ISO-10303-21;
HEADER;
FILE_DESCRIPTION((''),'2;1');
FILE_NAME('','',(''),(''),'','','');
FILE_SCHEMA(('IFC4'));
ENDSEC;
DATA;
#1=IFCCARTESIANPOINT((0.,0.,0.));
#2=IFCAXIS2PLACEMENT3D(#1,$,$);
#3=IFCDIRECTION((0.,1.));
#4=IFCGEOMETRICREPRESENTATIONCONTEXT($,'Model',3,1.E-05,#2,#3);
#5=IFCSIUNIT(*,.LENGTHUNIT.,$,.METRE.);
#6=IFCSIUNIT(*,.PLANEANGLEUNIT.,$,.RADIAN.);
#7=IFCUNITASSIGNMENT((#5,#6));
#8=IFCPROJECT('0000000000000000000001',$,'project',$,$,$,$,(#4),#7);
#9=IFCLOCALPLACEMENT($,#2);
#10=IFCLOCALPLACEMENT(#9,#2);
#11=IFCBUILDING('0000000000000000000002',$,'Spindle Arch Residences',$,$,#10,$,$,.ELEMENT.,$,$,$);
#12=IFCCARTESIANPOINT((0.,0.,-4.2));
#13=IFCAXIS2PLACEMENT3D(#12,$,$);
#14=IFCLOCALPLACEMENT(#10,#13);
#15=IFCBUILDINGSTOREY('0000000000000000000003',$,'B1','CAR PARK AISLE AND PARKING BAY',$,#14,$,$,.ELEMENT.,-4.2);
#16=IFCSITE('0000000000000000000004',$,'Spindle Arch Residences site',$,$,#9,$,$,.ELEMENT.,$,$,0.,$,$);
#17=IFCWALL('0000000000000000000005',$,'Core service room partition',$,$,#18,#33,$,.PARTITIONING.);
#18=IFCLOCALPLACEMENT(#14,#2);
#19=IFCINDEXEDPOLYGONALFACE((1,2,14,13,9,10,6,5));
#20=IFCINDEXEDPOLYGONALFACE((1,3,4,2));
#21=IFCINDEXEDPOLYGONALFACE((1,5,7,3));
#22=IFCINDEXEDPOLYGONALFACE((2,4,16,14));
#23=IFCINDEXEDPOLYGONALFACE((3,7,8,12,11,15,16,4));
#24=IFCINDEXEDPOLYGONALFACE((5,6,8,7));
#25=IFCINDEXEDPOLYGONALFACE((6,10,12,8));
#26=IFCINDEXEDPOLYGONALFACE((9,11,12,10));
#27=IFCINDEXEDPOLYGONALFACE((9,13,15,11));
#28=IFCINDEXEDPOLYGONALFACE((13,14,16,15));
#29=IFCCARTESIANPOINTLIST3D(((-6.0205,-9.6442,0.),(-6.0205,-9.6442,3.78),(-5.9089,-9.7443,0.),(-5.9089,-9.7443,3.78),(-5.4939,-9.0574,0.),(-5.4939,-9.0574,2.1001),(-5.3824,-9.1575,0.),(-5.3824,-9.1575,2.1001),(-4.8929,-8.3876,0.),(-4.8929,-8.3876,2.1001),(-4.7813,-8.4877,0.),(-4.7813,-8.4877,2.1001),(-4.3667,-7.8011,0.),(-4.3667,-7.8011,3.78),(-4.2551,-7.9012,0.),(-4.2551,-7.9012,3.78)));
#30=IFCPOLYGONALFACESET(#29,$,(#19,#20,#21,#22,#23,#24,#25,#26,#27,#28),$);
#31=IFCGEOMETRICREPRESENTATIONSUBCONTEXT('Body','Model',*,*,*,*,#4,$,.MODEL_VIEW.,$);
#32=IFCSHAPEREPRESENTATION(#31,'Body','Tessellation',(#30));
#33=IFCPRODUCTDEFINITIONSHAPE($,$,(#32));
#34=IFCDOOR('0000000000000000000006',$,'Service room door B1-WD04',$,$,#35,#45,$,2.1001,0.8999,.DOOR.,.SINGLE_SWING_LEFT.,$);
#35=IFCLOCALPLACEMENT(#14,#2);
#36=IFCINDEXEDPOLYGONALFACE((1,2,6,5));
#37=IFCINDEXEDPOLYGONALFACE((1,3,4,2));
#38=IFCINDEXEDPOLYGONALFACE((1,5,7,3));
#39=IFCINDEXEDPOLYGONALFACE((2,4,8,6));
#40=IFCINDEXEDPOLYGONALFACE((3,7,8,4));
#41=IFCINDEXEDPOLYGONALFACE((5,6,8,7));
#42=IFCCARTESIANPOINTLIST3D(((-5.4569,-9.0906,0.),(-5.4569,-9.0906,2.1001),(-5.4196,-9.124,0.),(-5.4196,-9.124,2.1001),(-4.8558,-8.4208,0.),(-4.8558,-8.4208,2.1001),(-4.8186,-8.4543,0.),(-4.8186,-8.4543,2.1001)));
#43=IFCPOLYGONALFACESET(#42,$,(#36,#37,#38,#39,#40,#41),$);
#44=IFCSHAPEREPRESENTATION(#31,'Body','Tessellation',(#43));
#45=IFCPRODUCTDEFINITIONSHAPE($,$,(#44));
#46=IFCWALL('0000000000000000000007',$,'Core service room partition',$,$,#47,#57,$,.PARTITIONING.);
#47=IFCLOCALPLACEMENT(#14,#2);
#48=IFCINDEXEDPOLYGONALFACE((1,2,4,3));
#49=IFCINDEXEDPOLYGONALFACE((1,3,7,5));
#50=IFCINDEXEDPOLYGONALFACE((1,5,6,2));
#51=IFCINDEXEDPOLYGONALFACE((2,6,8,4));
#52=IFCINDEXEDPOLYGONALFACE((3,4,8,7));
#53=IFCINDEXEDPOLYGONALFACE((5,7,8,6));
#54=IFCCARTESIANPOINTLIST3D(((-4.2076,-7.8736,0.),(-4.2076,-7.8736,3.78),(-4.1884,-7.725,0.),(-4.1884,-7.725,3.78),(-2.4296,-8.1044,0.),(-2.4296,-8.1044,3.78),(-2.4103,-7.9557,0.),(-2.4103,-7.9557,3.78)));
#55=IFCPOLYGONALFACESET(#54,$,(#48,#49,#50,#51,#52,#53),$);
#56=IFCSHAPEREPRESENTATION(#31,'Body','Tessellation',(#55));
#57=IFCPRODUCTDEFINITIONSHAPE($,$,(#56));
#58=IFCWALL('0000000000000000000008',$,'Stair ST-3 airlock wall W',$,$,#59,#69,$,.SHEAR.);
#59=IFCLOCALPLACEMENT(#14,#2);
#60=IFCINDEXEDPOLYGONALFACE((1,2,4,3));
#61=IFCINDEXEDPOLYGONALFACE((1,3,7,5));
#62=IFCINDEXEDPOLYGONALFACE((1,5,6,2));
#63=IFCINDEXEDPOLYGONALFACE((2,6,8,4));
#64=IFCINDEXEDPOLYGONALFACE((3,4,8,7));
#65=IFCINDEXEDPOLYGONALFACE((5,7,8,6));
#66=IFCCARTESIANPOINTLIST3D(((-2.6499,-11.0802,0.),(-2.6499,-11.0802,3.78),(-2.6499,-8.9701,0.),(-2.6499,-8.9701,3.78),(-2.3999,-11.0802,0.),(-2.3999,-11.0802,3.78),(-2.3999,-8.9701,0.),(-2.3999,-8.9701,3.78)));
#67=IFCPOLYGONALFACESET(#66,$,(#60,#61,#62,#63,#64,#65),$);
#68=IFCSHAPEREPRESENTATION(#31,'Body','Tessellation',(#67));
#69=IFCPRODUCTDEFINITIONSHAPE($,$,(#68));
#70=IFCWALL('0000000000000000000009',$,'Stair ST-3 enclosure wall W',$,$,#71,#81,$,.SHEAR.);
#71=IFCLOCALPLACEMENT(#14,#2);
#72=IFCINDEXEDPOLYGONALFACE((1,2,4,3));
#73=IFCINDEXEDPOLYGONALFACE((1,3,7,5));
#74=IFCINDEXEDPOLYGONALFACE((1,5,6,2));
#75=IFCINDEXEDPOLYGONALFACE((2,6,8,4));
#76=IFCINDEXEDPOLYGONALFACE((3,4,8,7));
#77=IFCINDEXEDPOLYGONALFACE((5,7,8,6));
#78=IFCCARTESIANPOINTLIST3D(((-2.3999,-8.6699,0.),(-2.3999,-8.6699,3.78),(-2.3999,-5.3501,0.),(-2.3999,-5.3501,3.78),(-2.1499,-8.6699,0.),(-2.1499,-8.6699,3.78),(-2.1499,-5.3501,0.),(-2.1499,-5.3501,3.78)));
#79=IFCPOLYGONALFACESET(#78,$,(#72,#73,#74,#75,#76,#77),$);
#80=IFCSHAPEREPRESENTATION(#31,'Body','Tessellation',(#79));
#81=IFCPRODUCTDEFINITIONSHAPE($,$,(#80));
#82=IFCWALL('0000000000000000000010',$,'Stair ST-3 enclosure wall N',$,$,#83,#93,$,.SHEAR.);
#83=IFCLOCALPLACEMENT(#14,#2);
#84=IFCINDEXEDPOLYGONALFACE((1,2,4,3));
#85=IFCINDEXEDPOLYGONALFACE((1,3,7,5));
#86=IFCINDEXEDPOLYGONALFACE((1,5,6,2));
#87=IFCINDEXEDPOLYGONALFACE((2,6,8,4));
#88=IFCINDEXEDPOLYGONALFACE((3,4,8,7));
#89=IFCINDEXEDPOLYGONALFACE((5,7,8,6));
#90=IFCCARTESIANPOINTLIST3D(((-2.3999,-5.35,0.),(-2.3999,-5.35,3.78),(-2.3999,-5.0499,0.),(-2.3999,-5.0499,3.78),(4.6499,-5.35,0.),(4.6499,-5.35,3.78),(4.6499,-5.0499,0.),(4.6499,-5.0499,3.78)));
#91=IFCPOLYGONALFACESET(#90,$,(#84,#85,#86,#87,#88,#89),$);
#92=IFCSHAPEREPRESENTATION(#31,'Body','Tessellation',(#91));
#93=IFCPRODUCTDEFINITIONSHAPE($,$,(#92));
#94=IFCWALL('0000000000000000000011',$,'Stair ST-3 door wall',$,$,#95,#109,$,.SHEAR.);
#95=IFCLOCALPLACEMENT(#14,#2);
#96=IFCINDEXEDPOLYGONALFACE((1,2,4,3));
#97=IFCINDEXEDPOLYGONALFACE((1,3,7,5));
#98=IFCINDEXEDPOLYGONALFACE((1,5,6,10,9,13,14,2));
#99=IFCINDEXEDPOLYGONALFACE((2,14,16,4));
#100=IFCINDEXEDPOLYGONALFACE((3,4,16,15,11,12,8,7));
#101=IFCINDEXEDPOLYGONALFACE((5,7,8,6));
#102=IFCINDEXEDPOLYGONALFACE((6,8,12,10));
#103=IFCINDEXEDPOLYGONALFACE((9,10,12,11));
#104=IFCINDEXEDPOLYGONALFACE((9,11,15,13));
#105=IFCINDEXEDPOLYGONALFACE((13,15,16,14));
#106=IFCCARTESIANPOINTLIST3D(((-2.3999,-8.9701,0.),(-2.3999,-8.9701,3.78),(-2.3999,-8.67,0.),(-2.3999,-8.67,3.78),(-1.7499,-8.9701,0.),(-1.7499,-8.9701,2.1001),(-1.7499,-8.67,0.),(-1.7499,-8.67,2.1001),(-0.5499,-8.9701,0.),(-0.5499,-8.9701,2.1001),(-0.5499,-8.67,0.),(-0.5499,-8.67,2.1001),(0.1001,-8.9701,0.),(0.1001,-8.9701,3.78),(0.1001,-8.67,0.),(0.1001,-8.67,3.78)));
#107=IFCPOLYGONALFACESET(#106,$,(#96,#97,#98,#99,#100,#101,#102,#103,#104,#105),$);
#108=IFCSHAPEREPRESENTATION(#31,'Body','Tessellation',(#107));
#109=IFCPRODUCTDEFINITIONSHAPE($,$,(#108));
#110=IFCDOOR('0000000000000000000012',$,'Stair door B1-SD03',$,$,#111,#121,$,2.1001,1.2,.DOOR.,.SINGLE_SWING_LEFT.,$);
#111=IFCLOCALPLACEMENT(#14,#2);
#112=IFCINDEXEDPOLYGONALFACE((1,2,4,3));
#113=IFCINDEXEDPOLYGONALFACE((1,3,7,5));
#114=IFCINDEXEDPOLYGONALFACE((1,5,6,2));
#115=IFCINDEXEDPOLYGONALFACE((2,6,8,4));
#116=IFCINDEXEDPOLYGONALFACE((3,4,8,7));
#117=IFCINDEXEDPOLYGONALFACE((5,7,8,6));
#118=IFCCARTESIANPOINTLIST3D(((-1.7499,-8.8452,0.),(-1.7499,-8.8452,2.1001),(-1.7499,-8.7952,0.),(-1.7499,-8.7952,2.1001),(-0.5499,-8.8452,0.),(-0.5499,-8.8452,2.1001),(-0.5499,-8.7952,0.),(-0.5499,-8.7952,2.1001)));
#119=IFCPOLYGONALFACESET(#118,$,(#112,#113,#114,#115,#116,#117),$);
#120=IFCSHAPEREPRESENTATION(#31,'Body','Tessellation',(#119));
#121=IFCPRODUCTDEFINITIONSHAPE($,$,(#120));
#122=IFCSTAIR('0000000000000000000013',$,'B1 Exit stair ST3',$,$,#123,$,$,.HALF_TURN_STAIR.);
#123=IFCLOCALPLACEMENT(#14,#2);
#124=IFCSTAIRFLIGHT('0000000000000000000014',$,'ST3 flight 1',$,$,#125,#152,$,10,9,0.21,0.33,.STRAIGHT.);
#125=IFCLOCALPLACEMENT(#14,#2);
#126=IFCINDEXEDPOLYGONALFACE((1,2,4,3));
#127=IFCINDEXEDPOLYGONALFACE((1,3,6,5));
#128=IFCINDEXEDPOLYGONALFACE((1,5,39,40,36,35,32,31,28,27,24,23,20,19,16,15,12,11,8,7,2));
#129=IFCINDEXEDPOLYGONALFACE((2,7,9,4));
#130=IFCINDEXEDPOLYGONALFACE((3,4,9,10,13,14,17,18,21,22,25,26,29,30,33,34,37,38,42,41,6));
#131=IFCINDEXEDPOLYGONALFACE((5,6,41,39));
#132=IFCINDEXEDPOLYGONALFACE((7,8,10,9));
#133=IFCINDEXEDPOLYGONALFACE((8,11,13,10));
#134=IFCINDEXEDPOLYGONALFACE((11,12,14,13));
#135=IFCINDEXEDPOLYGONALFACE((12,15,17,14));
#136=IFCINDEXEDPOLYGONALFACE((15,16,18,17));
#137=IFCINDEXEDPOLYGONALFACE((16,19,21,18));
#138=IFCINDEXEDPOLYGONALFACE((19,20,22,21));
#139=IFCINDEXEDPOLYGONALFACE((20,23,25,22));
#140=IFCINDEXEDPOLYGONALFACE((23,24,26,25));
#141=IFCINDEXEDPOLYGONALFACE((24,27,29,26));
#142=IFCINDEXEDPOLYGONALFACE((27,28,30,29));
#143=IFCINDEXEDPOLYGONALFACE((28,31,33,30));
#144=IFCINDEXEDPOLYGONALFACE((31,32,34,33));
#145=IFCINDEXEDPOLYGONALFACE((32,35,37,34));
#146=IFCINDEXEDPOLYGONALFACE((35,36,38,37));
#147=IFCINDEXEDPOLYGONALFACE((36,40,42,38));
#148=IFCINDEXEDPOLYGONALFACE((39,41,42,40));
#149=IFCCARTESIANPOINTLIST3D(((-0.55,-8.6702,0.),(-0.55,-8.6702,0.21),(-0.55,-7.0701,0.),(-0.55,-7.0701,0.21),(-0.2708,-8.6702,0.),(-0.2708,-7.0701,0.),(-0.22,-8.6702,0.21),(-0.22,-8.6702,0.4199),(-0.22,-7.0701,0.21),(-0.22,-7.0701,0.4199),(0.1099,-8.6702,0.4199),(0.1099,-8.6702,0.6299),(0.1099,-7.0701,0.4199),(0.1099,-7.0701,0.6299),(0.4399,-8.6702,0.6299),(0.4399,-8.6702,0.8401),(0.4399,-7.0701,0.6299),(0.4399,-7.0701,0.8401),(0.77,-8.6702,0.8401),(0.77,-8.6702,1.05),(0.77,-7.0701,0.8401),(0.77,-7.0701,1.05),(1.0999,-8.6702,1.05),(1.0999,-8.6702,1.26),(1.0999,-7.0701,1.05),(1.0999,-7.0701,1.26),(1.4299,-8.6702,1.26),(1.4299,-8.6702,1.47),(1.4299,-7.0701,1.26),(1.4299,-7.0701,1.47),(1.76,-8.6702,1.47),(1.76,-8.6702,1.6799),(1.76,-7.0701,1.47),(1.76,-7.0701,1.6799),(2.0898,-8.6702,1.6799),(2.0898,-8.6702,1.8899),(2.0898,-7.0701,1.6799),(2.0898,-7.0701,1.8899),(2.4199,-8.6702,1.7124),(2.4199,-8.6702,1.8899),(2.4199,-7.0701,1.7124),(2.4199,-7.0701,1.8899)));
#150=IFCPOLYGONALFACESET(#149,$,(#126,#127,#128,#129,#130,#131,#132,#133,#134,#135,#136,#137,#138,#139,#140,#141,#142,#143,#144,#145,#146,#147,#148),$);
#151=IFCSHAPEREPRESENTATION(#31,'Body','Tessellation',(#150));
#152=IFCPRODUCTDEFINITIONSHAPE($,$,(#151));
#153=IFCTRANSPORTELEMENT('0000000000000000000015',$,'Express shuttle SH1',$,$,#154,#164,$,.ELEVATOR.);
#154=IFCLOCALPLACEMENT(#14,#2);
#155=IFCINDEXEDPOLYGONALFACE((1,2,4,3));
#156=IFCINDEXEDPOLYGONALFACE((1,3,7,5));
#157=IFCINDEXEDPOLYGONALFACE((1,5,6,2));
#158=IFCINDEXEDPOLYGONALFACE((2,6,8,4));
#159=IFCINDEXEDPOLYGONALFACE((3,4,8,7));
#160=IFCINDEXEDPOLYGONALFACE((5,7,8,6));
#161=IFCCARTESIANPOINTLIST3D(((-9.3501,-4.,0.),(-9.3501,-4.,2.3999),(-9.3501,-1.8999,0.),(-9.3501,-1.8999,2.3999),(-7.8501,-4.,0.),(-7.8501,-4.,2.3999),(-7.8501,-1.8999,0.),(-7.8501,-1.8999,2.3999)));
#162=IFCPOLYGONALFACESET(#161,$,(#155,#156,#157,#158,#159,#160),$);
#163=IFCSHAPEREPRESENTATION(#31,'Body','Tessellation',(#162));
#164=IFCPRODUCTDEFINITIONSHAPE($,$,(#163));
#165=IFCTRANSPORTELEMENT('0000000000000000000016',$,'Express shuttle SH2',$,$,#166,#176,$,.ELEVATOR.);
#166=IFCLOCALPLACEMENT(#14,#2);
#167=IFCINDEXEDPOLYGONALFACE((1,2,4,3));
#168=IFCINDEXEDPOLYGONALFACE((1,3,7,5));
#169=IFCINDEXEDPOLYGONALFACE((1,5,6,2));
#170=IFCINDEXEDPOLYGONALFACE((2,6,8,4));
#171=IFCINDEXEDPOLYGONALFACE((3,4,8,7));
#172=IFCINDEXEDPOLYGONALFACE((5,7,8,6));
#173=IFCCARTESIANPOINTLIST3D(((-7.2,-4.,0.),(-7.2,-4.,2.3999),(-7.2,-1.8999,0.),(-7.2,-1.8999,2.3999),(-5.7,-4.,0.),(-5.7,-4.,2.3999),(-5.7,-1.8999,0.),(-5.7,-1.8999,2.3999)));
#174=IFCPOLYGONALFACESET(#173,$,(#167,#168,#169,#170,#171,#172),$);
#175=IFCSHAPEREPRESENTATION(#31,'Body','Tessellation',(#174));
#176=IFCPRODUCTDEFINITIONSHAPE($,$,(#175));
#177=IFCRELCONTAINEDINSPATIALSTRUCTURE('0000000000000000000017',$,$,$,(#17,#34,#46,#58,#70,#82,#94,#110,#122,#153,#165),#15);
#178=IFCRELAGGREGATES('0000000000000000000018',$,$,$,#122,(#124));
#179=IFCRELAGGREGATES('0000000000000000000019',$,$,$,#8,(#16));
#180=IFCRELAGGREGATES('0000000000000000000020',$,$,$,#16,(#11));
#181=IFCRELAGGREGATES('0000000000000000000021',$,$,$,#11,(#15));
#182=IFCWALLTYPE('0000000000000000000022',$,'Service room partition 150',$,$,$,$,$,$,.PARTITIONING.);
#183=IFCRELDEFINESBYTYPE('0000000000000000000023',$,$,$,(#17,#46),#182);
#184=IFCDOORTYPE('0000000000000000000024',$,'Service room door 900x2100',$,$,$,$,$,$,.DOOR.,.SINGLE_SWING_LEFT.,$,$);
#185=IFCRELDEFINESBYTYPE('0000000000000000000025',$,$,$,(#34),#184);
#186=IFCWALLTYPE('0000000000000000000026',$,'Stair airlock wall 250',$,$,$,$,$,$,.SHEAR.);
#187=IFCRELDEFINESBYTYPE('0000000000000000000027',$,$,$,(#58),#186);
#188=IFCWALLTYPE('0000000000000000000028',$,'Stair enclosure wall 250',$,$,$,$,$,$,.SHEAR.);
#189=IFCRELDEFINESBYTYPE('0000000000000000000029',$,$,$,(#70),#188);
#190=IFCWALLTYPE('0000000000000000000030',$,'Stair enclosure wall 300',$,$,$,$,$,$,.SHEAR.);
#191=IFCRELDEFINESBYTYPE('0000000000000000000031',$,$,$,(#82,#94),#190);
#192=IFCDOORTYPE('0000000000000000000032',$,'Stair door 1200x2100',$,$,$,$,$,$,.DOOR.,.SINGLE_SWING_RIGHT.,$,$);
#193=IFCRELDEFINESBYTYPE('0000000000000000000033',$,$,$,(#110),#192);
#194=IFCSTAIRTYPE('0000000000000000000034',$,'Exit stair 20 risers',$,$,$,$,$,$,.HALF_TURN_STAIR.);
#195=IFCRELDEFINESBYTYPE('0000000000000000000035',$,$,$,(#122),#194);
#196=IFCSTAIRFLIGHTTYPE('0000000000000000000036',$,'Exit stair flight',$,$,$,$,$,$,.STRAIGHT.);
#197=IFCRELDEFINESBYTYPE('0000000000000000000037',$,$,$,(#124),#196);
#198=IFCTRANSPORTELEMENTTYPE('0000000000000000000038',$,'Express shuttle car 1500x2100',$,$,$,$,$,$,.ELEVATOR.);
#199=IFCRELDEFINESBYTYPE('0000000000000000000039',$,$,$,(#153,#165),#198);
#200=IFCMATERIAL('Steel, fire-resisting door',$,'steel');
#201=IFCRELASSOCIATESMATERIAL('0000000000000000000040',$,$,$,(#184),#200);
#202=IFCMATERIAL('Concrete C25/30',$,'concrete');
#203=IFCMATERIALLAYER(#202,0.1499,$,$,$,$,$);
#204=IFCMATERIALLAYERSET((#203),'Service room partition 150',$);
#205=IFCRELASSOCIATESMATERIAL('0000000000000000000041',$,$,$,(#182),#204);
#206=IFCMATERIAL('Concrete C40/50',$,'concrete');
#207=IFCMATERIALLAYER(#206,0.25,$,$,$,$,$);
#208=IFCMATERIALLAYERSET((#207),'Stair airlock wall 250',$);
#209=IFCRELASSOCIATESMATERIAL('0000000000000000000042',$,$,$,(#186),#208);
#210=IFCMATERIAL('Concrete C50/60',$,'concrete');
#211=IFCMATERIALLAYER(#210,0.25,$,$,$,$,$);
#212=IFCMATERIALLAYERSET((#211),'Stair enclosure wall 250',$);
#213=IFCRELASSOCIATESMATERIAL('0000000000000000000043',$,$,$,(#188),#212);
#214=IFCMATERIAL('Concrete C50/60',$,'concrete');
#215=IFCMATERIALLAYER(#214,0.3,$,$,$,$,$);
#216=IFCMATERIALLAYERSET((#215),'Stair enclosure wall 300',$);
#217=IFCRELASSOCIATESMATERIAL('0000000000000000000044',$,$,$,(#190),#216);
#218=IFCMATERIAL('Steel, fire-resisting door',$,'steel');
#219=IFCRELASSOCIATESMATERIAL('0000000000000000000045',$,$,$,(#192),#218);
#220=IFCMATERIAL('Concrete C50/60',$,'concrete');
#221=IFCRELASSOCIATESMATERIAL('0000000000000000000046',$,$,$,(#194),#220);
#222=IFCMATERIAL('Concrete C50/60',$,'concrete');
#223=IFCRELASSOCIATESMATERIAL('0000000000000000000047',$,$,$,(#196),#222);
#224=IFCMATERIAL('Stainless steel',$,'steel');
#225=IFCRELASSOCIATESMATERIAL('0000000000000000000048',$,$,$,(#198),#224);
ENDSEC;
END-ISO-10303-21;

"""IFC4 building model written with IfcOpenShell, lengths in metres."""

from ifc_helpers import new_model, si_unit, direction, frame, frame_2d, origin, origin_2d, place, context, subcontext, project, spatial, polyline, rectangle, outline, extrude, material, layer, layer_set, type_object, element, fill, aggregate, save


model = new_model("IFC4")

# Units and contexts
model_context = context("Model", 3, precision=1e-05, world=origin(), true_north=direction((0.0, 1.0)))
body_context = subcontext(model_context, "Body", "Model", "MODEL_VIEW")
ifc_project = project(units=[si_unit("LENGTHUNIT", "METRE"), si_unit("PLANEANGLEUNIT", "RADIAN")], contexts=[model_context])

# Site, building, storey
site_placement = place(None, origin())
site = spatial("IfcSite", under=ifc_project, at=site_placement, Name="Spindle Arch Residences site", CompositionType="ELEMENT", RefElevation=0.0)
building_placement = place(site_placement, origin())
building = spatial("IfcBuilding", under=site, at=building_placement, Name="Spindle Arch Residences", CompositionType="ELEMENT")
storey_placement = place(building_placement, frame((0.0, 0.0, -4.2)))
storey = spatial("IfcBuildingStorey", under=building, at=storey_placement, Name="B1", Description="CAR PARK AISLE AND PARKING BAY", CompositionType="ELEMENT", Elevation=-4.2)

# Shared definitions
ifc_material_1 = material(Name="Steel, fire-resisting door", Category="steel")
door_type_1 = type_object("IfcDoorType", Name="Service room door 900x2100", OperationType="SINGLE_SWING_LEFT", PredefinedType="DOOR", material=ifc_material_1)

# Wall, opening, door
ifc_material_2 = material(Name="Concrete C25/30", Category="concrete")
ifc_layer_1 = layer(ifc_material_2, 0.1499)
ifc_layer_set_1 = layer_set([ifc_layer_1], Name="Service room partition 150")
wall_type_1 = type_object("IfcWallType", Name="Service room partition 150", PredefinedType="PARTITIONING", material=ifc_layer_set_1)
wall_1_placement = place(storey_placement, frame((-4.3108, -7.8511, 0.0), z_axis=(0.0, 0.0, 1.0), x_axis=(-0.667869, -0.744279, 0.0)))
wall_1 = element("IfcWall", 1, at=wall_1_placement, inside=storey, type_object=wall_type_1, Name="Core service room partition", PredefinedType="PARTITIONING", context=body_context, shape_type="SweptSolid", body=[
    extrude(rectangle(XDim=2.4763, YDim=0.1499, at=frame_2d((1.2383, 0.0))), origin(), (0.0, 0.0, 1.0), 3.78),
])
opening_1_placement = place(wall_1_placement, frame((0.7881, 0.0, 0.0)))
opening_1 = element("IfcOpeningElement", 2, at=opening_1_placement, cuts=wall_1, PredefinedType="OPENING", context=body_context, shape_type="SweptSolid", body=[
    extrude(rectangle(XDim=0.8999, YDim=2.1001, at=frame_2d((0.45, 1.05))), frame((0.0, 0.085, 0.0), z_axis=(0.0, -1.0, 0.0), x_axis=(1.0, 0.0, 0.0)), (0.0, 0.0, 1.0), 0.1699),
])
door_1_placement = place(opening_1_placement, origin())
door_1 = element("IfcDoor", 3, at=door_1_placement, inside=storey, type_object=door_type_1, Name="Service room door B1-WD04", OperationType="SINGLE_SWING_LEFT", OverallHeight=2.1001, OverallWidth=0.8999, PredefinedType="DOOR", context=body_context, shape_type="SweptSolid", body=[
    extrude(rectangle(XDim=0.8999, YDim=2.1001, at=frame_2d((0.45, 1.05))), frame((0.0, 0.0249, 0.0), z_axis=(0.0, -1.0, 0.0), x_axis=(1.0, 0.0, 0.0)), (0.0, 0.0, 1.0), 0.05),
])
fill(opening_1, door_1)

# Walls
wall_2_placement = place(storey_placement, frame((-4.198, -7.7993, 0.0), z_axis=(0.0, 0.0, 1.0), x_axis=(0.991687, -0.128676, 0.0)))
element("IfcWall", 4, at=wall_2_placement, inside=storey, type_object=wall_type_1, Name="Core service room partition", PredefinedType="PARTITIONING", context=body_context, shape_type="SweptSolid", body=[
    extrude(rectangle(XDim=1.793, YDim=0.1499, at=frame_2d((0.8965, 0.0))), origin(), (0.0, 0.0, 1.0), 3.78),
])
ifc_material_3 = material(Name="Concrete C40/50", Category="concrete")
ifc_layer_2 = layer(ifc_material_3, 0.25)
ifc_layer_set_2 = layer_set([ifc_layer_2], Name="Stair airlock wall 250")
wall_type_2 = type_object("IfcWallType", Name="Stair airlock wall 250", PredefinedType="SHEAR", material=ifc_layer_set_2)
wall_3_placement = place(storey_placement, frame((-2.5249, -8.97, 0.0), z_axis=(0.0, 0.0, 1.0), x_axis=(0.0, -1.0, 0.0)))
element("IfcWall", 5, at=wall_3_placement, inside=storey, type_object=wall_type_2, Name="Stair ST-3 airlock wall W", PredefinedType="SHEAR", context=body_context, shape_type="SweptSolid", body=[
    extrude(rectangle(XDim=2.1101, YDim=0.25, at=frame_2d((1.0552, 0.0))), origin(), (0.0, 0.0, 1.0), 3.78),
])
ifc_material_4 = material(Name="Concrete C50/60", Category="concrete")
ifc_layer_3 = layer(ifc_material_4, 0.25)
ifc_layer_set_3 = layer_set([ifc_layer_3], Name="Stair enclosure wall 250")
wall_type_3 = type_object("IfcWallType", Name="Stair enclosure wall 250", PredefinedType="SHEAR", material=ifc_layer_set_3)
wall_4_placement = place(storey_placement, frame((-2.2749, -8.6699, 0.0), z_axis=(0.0, 0.0, 1.0), x_axis=(0.0, 1.0, 0.0)))
element("IfcWall", 6, at=wall_4_placement, inside=storey, type_object=wall_type_3, Name="Stair ST-3 enclosure wall W", PredefinedType="SHEAR", context=body_context, shape_type="SweptSolid", body=[
    extrude(rectangle(XDim=3.3198, YDim=0.25, at=frame_2d((1.6599, 0.0))), origin(), (0.0, 0.0, 1.0), 3.78),
])
ifc_material_5 = material(Name="Concrete C50/60", Category="concrete")
ifc_layer_4 = layer(ifc_material_5, 0.3)
ifc_layer_set_4 = layer_set([ifc_layer_4], Name="Stair enclosure wall 300")
wall_type_4 = type_object("IfcWallType", Name="Stair enclosure wall 300", PredefinedType="SHEAR", material=ifc_layer_set_4)
wall_5_placement = place(storey_placement, frame((-2.3999, -5.2, 0.0), z_axis=(0.0, 0.0, 1.0), x_axis=(1.0, 0.0, 0.0)))
element("IfcWall", 7, at=wall_5_placement, inside=storey, type_object=wall_type_4, Name="Stair ST-3 enclosure wall N", PredefinedType="SHEAR", context=body_context, shape_type="SweptSolid", body=[
    extrude(rectangle(XDim=7.0498, YDim=0.3, at=frame_2d((3.5249, 0.0))), origin(), (0.0, 0.0, 1.0), 3.78),
])

# Wall, opening, door
wall_6_placement = place(storey_placement, frame((-2.3999, -8.8201, 0.0), z_axis=(0.0, 0.0, 1.0), x_axis=(1.0, 0.0, 0.0)))
wall_6 = element("IfcWall", 8, at=wall_6_placement, inside=storey, type_object=wall_type_4, Name="Stair ST-3 door wall", PredefinedType="SHEAR", context=body_context, shape_type="SweptSolid", body=[
    extrude(rectangle(XDim=2.5, YDim=0.3, at=frame_2d((1.25, 0.0))), origin(), (0.0, 0.0, 1.0), 3.78),
])
opening_2_placement = place(wall_6_placement, frame((0.6499, 0.0, 0.0)))
opening_2 = element("IfcOpeningElement", 9, at=opening_2_placement, cuts=wall_6, PredefinedType="OPENING", context=body_context, shape_type="SweptSolid", body=[
    extrude(rectangle(XDim=1.2, YDim=2.1001, at=frame_2d((0.6001, 1.05))), frame((0.0, 0.1602, 0.0), z_axis=(0.0, -1.0, 0.0), x_axis=(1.0, 0.0, 0.0)), (0.0, 0.0, 1.0), 0.3201),
])
ifc_material_6 = material(Name="Steel, fire-resisting door", Category="steel")
door_type_2 = type_object("IfcDoorType", Name="Stair door 1200x2100", OperationType="SINGLE_SWING_RIGHT", PredefinedType="DOOR", material=ifc_material_6)
door_2_placement = place(opening_2_placement, origin())
door_2 = element("IfcDoor", 10, at=door_2_placement, inside=storey, type_object=door_type_2, Name="Stair door B1-SD03", OperationType="SINGLE_SWING_LEFT", OverallHeight=2.1001, OverallWidth=1.2, PredefinedType="DOOR", context=body_context, shape_type="SweptSolid", body=[
    extrude(rectangle(XDim=1.2, YDim=2.1001, at=frame_2d((0.6001, 1.05))), frame((0.0, 0.0249, 0.0), z_axis=(0.0, -1.0, 0.0), x_axis=(1.0, 0.0, 0.0)), (0.0, 0.0, 1.0), 0.05),
])
fill(opening_2, door_2)

# Stair, stair flight
ifc_material_7 = material(Name="Concrete C50/60", Category="concrete")
stair_type = type_object("IfcStairType", Name="Exit stair 20 risers", PredefinedType="HALF_TURN_STAIR", material=ifc_material_7)
stair_placement = place(storey_placement, origin())
stair = element("IfcStair", 11, at=stair_placement, inside=storey, type_object=stair_type, Name="B1 Exit stair ST3", PredefinedType="HALF_TURN_STAIR")
ifc_material_8 = material(Name="Concrete C50/60", Category="concrete")
stair_flight_type = type_object("IfcStairFlightType", Name="Exit stair flight", PredefinedType="STRAIGHT", material=ifc_material_8)
stair_flight_placement = place(storey_placement, frame((-0.55, -7.8701, 0.0), z_axis=(0.0, 0.0, 1.0), x_axis=(1.0, 0.0, 0.0)))
stair_flight = element("IfcStairFlight", 12, at=stair_flight_placement, type_object=stair_flight_type, Name="ST3 flight 1", NumberOfRisers=10, NumberOfTreads=9, PredefinedType="STRAIGHT", RiserHeight=0.21, TreadLength=0.33, context=body_context, shape_type="SweptSolid", body=[
    extrude(outline(polyline([(0.0, 0.0), (0.0, 0.21), (0.3301, 0.21), (0.3301, 0.4199), (0.6599, 0.4199), (0.6599, 0.6299), (0.99, 0.6299), (0.99, 0.8401), (1.3201, 0.8401), (1.3201, 1.05), (1.6499, 1.05), (1.6499, 1.26), (1.98, 1.26), (1.98, 1.47), (2.3101, 1.47), (2.3101, 1.6799), (2.6399, 1.6799), (2.6399, 1.8899), (2.97, 1.8899), (2.97, 2.1001), (2.97, 1.7124), (0.2793, 0.0), (0.0, 0.0)])), frame((0.0, 0.8, 0.0), z_axis=(0.0, -1.0, 0.0), x_axis=(1.0, 0.0, 0.0)), (0.0, 0.0, 1.0), 1.6001),
])
aggregate(stair, [stair_flight])

# Transport elements
ifc_material_9 = material(Name="Stainless steel", Category="steel")
transport_element_type_1 = type_object("IfcTransportElementType", Name="Express shuttle car 1500x2100", PredefinedType="ELEVATOR", material=ifc_material_9)
for number, where, z_axis, x_axis, name in (
    (13, (-8.6001, -2.95, 0.0), (0.0, 0.0, 1.0), (1.0, 0.0, 0.0), "Express shuttle SH1"),
    (14, (-6.45, -2.95, 0.0), (0.0, 0.0, 1.0), (1.0, 0.0, 0.0), "Express shuttle SH2"),
):
    element("IfcTransportElement", number, at=place(storey_placement, frame(where, z_axis=z_axis, x_axis=x_axis)), inside=storey, type_object=transport_element_type_1, Name=name, PredefinedType="ELEVATOR", context=body_context, shape_type="SweptSolid", body=[
        extrude(rectangle(XDim=1.5, YDim=2.1001, at=origin_2d()), origin(), (0.0, 0.0, 1.0), 2.3999),
    ])

save(model, "model.ifc")
